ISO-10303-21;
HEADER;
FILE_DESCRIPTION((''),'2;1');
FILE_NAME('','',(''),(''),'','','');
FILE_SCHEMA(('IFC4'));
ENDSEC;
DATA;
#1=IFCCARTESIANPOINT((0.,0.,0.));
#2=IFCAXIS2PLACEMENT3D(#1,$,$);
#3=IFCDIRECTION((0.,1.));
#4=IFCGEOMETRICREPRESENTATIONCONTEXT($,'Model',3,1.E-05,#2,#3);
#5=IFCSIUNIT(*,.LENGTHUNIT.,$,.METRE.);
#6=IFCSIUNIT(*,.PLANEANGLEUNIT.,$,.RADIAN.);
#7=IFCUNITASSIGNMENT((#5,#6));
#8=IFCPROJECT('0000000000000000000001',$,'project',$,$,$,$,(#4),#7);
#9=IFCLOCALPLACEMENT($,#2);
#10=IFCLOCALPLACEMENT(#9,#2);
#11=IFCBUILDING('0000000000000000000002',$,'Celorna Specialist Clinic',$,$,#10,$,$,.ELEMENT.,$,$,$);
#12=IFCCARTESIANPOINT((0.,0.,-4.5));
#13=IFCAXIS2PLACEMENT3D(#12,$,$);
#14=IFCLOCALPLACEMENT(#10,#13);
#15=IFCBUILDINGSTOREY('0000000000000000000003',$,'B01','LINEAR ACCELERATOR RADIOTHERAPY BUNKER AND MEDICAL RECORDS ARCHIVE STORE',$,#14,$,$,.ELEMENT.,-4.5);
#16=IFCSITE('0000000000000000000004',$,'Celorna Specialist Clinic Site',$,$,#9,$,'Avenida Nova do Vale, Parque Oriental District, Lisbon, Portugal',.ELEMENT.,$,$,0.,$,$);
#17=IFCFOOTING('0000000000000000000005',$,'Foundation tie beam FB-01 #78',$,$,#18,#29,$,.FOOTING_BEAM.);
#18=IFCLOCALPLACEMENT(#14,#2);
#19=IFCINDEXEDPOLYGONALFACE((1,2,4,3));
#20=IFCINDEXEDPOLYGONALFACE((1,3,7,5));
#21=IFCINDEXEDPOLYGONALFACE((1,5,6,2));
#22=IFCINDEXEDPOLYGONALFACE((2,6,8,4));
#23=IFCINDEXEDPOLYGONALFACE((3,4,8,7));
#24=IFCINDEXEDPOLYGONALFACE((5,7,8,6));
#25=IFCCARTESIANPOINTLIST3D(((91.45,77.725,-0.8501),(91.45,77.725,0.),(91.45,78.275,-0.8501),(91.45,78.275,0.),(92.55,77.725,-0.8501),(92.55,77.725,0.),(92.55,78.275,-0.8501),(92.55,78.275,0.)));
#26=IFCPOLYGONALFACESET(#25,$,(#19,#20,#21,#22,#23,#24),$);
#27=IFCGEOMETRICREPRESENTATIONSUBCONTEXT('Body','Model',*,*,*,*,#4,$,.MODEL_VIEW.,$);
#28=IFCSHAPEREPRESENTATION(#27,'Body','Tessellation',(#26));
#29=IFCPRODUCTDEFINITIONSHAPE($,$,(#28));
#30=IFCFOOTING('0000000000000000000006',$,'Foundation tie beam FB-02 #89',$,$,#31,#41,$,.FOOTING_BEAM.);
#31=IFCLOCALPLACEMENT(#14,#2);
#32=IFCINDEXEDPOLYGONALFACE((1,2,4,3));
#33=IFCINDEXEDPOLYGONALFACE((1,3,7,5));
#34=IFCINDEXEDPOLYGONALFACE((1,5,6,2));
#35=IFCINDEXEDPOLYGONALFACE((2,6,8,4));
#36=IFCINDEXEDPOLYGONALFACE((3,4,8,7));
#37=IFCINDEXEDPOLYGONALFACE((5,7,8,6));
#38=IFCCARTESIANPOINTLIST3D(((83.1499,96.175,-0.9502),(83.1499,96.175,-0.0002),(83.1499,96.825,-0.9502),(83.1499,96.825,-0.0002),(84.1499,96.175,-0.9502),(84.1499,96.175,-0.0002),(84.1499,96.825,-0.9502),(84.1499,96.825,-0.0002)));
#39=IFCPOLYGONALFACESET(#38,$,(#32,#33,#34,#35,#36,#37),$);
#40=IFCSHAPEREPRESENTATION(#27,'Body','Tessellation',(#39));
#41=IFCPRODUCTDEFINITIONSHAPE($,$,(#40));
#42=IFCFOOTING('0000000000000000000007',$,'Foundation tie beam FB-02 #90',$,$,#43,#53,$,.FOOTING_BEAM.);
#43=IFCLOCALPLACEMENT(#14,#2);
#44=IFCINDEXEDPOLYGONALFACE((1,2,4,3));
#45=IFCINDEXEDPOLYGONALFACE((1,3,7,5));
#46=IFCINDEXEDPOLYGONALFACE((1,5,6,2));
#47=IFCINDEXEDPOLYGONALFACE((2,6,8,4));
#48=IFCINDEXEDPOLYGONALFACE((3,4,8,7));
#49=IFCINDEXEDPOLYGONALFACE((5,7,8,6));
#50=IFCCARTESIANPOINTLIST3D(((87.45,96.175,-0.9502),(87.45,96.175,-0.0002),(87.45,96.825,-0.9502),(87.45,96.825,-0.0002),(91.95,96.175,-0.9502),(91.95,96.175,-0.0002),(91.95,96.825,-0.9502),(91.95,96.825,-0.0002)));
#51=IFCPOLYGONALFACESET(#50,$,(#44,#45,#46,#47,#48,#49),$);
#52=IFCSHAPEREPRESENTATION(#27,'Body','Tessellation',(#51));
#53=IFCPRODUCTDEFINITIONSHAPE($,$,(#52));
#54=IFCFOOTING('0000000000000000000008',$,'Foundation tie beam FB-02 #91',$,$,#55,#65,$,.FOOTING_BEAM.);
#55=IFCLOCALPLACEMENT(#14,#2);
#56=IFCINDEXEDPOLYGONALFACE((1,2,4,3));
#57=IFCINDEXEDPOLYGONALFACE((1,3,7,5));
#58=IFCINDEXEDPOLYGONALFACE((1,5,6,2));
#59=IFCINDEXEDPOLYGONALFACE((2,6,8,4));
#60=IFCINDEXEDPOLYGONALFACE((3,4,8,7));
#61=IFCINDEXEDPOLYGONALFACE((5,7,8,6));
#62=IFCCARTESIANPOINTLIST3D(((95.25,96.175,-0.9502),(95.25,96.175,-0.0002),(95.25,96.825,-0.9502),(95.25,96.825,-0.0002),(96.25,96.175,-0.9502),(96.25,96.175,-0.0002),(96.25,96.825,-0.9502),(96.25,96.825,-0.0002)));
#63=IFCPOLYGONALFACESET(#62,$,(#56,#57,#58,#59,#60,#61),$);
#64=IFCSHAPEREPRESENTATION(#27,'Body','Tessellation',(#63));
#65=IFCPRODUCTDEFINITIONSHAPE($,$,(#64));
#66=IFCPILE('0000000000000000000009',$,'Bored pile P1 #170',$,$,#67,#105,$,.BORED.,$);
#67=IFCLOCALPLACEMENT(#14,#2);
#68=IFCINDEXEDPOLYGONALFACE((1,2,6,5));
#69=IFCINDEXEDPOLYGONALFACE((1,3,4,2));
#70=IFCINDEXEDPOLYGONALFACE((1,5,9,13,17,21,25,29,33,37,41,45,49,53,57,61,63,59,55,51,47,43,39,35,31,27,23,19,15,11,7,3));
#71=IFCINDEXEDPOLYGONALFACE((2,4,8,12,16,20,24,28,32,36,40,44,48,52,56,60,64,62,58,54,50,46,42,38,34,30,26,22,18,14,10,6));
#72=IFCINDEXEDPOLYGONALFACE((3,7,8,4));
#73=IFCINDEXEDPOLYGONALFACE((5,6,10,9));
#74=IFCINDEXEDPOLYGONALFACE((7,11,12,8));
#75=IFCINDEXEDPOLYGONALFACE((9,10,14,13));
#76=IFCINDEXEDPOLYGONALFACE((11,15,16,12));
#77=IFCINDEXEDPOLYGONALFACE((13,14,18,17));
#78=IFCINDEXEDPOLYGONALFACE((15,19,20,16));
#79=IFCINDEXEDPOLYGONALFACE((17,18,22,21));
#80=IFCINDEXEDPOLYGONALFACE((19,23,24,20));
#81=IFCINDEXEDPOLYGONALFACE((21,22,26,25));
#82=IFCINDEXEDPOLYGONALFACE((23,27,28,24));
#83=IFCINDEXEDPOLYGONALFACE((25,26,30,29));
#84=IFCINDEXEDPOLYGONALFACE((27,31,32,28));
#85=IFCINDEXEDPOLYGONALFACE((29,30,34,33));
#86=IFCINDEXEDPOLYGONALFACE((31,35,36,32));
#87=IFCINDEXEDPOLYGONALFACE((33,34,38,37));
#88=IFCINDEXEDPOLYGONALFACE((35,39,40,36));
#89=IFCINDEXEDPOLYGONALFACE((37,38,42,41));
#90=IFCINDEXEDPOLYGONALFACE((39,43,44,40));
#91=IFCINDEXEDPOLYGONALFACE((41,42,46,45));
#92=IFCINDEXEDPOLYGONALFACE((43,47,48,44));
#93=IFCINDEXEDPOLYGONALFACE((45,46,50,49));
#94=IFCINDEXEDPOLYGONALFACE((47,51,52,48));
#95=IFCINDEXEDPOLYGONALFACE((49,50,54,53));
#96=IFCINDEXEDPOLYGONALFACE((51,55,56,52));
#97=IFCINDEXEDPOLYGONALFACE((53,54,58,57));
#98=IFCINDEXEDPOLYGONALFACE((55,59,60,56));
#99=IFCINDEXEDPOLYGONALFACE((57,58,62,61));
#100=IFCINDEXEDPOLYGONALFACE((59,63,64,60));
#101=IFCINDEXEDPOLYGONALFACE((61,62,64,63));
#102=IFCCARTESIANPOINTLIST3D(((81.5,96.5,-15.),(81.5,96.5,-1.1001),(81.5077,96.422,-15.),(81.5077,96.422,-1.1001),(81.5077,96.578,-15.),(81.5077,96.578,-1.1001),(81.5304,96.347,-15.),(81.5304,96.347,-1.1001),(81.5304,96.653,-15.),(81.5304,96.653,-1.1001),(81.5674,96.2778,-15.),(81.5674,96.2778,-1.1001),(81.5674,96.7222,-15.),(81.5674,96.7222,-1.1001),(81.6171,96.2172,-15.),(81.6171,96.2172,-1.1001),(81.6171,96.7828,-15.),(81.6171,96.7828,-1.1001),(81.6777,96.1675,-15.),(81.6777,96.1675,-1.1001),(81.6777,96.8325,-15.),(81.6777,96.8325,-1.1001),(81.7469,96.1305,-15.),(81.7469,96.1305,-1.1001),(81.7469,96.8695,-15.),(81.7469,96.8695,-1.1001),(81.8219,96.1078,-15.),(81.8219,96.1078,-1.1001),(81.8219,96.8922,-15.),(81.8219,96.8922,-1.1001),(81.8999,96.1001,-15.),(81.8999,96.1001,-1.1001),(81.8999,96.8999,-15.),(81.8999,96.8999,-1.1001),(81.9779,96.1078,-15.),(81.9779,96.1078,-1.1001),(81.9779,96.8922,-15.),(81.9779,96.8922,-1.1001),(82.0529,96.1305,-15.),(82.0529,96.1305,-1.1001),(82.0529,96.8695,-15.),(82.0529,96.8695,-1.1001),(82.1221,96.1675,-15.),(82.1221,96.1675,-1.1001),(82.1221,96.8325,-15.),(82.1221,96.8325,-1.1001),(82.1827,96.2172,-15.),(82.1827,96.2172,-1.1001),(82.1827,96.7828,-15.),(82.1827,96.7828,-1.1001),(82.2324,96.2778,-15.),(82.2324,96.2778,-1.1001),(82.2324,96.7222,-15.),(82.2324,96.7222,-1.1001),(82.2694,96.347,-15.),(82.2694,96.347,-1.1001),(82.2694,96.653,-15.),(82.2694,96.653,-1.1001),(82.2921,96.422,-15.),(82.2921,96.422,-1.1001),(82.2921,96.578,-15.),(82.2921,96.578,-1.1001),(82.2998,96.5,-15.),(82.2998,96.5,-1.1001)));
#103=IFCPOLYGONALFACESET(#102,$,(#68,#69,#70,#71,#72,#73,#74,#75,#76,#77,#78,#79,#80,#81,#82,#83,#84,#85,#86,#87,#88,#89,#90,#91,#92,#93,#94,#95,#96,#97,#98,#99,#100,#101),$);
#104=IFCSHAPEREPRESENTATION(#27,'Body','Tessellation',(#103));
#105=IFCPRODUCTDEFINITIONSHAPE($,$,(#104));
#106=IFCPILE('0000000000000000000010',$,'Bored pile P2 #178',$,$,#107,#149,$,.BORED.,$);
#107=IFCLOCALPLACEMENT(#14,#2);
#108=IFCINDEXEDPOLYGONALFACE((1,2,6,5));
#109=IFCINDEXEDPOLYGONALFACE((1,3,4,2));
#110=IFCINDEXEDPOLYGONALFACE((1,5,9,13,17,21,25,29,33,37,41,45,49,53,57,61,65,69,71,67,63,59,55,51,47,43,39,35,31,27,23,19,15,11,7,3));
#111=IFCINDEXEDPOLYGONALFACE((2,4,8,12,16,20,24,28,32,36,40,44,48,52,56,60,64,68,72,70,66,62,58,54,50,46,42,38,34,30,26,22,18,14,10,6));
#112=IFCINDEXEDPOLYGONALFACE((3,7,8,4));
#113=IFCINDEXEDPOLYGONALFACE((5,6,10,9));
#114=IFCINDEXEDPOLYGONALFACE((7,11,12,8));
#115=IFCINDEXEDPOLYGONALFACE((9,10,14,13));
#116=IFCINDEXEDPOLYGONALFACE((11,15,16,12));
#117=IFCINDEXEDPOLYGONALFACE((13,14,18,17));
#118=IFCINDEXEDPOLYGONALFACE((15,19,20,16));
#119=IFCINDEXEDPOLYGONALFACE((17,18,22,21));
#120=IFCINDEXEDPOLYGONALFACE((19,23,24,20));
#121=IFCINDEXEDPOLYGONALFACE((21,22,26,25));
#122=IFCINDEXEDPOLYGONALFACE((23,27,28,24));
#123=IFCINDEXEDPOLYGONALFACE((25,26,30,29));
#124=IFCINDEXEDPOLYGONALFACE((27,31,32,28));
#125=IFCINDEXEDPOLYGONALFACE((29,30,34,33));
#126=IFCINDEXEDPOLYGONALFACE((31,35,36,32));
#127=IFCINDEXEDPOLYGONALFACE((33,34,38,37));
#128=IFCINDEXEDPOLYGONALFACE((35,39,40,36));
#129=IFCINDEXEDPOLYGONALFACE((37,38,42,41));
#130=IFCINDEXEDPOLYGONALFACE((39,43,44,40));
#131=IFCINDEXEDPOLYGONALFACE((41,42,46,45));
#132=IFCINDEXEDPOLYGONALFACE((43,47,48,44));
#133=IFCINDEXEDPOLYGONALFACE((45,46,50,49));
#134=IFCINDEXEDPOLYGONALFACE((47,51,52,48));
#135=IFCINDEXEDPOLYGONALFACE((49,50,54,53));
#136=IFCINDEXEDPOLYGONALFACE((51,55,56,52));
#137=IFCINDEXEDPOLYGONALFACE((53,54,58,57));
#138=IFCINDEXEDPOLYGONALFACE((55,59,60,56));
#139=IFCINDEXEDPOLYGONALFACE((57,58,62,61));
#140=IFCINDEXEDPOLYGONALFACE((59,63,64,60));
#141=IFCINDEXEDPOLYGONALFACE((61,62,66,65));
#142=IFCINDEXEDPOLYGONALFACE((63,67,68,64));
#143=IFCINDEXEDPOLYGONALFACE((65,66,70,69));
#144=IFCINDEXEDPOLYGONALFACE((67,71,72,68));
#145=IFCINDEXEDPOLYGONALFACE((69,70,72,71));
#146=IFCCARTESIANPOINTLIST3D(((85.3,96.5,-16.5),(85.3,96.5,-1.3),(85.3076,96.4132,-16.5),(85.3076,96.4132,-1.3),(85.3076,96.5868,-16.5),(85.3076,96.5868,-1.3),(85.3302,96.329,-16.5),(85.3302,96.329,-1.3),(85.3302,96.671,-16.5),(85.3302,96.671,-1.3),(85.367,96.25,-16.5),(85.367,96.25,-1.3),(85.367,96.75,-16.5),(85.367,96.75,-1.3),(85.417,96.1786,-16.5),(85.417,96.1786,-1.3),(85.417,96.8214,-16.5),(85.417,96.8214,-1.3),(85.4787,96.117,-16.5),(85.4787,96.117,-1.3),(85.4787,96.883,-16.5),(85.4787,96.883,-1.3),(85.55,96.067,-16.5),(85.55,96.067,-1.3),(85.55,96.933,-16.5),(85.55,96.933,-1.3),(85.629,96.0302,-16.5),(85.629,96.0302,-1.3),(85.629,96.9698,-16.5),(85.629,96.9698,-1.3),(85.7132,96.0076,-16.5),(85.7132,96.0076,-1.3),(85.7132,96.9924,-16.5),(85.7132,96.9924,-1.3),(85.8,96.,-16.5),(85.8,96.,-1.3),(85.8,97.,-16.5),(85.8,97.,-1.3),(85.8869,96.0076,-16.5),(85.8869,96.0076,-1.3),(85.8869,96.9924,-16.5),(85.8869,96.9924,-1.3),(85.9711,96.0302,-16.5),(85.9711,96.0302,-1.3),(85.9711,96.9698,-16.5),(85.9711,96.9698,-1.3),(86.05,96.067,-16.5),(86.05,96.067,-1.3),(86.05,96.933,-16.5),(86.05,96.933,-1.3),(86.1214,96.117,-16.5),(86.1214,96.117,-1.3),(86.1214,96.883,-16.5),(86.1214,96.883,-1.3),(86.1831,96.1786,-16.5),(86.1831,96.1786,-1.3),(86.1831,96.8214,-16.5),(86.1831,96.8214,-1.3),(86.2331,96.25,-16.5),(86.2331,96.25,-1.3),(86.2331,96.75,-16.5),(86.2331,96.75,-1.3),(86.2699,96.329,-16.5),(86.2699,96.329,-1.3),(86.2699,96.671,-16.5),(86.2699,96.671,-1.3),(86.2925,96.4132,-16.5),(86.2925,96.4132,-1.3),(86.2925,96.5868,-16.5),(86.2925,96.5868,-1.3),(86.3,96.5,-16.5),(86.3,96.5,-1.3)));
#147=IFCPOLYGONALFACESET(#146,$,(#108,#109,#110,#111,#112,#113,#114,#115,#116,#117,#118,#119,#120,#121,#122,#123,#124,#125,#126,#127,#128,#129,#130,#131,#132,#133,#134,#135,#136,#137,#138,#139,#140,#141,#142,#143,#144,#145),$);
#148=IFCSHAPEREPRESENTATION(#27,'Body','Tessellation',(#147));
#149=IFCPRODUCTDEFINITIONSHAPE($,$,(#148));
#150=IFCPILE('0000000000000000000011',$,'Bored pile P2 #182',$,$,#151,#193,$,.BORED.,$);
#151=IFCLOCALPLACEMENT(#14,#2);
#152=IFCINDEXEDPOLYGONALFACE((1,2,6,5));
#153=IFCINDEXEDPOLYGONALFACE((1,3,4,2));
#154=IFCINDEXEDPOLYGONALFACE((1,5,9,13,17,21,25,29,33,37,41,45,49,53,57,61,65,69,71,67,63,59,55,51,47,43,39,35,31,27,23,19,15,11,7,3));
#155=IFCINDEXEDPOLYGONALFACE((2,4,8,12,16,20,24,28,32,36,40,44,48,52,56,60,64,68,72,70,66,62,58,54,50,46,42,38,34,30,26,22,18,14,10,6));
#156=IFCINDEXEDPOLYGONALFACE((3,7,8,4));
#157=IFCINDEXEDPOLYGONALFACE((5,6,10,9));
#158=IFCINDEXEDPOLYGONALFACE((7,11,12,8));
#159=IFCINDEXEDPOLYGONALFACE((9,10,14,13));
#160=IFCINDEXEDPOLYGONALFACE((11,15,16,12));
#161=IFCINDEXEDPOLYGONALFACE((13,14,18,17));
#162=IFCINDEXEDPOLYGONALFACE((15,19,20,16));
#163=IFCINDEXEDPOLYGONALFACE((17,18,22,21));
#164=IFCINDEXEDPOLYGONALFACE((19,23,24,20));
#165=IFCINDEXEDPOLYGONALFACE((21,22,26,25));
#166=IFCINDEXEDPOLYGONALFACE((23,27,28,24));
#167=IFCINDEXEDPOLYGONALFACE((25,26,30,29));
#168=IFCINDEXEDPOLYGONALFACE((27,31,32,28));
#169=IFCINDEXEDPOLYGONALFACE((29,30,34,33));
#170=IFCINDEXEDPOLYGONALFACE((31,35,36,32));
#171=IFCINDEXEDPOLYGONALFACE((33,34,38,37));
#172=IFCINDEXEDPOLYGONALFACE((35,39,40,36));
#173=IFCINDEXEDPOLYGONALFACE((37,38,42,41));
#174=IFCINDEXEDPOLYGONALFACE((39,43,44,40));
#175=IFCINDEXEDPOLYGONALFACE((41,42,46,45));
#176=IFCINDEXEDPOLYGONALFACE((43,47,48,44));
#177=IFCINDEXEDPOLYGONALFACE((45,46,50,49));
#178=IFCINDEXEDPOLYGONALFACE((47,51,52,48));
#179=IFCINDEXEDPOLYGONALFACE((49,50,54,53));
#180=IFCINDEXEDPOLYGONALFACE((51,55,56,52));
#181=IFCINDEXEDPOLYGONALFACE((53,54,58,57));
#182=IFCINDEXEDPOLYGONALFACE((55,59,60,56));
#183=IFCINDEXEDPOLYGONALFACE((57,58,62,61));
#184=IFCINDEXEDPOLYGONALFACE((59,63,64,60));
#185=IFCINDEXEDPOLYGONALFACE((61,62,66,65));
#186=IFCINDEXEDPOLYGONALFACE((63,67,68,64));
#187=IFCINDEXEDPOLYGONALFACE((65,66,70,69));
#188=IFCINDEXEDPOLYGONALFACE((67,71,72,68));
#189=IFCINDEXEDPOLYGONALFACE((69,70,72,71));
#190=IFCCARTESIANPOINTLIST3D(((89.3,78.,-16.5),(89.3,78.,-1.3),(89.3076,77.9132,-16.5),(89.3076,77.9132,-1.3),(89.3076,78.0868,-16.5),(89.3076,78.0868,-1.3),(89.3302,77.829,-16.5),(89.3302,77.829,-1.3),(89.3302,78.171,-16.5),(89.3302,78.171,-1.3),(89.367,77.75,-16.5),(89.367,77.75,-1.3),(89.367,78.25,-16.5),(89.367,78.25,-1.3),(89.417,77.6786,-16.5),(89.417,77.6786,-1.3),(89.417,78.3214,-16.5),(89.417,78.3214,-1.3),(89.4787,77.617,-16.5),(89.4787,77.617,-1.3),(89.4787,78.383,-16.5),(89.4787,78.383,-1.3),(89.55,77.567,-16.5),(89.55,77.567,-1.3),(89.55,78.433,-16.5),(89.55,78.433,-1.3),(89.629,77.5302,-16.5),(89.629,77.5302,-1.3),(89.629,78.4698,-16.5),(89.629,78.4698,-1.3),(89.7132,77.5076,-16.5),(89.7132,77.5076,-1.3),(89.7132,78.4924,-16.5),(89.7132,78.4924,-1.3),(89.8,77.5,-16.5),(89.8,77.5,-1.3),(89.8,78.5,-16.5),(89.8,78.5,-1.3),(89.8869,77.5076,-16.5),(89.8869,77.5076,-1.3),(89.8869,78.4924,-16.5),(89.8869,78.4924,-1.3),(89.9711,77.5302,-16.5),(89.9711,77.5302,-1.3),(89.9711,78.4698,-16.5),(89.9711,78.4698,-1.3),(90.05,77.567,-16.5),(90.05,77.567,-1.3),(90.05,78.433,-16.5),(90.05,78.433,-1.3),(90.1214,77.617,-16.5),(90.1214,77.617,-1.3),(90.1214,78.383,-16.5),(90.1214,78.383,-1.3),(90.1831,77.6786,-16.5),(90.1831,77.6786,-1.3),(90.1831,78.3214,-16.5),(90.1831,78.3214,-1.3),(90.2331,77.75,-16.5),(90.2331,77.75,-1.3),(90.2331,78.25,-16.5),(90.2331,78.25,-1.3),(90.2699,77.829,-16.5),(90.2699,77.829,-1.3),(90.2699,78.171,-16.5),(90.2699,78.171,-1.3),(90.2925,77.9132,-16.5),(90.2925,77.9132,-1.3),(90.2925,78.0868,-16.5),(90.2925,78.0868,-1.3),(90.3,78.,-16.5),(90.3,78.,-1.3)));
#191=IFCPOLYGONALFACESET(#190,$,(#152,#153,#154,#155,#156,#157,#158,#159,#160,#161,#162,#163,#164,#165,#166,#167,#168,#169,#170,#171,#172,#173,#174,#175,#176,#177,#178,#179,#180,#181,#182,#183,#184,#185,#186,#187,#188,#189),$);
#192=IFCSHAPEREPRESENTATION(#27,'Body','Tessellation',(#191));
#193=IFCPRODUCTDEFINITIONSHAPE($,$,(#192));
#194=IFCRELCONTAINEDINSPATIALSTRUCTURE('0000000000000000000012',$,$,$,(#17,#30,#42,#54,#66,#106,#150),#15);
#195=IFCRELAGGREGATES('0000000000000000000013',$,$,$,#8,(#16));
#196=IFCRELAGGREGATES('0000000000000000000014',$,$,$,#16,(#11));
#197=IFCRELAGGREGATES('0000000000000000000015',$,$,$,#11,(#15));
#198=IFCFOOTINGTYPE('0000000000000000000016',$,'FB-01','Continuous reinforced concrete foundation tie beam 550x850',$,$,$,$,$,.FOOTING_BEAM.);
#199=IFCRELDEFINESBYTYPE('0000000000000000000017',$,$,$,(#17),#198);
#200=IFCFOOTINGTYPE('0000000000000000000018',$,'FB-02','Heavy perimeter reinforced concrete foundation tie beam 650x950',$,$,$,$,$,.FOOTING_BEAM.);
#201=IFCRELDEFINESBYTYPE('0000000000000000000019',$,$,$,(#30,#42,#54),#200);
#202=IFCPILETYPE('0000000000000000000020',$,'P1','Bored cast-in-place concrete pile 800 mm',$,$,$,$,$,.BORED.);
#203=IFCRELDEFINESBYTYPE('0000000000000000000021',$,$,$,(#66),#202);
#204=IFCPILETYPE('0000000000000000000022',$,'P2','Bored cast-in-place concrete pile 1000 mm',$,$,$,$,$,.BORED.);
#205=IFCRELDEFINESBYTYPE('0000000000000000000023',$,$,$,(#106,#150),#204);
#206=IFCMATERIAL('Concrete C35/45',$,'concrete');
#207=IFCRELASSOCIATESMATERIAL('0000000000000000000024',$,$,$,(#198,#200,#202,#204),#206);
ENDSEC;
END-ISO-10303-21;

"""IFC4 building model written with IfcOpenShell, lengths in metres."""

from ifc_helpers import new_model, si_unit, direction, frame, origin, origin_2d, place, context, subcontext, project, spatial, rectangle, circle, extrude, material, material_profile, profile_set, type_object, element, save


model = new_model("IFC4")

# Units and contexts
model_context = context("Model", 3, precision=1e-05, world=origin(), true_north=direction((0.0, 1.0)))
body_context = subcontext(model_context, "Body", "Model", "MODEL_VIEW")
ifc_project = project(units=[si_unit("LENGTHUNIT", "METRE"), si_unit("PLANEANGLEUNIT", "RADIAN")], contexts=[model_context])

# Site, building, storey
site_placement = place(None, origin())
site = spatial("IfcSite", under=ifc_project, at=site_placement, Name="Celorna Specialist Clinic Site", LongName="Avenida Nova do Vale, Parque Oriental District, Lisbon, Portugal", CompositionType="ELEMENT", RefElevation=0.0)
building_placement = place(site_placement, origin())
building = spatial("IfcBuilding", under=site, at=building_placement, Name="Celorna Specialist Clinic", CompositionType="ELEMENT")
storey_placement = place(building_placement, frame((0.0, 0.0, -4.5)))
storey = spatial("IfcBuildingStorey", under=building, at=storey_placement, Name="B01", Description="LINEAR ACCELERATOR RADIOTHERAPY BUNKER AND MEDICAL RECORDS ARCHIVE STORE", CompositionType="ELEMENT", Elevation=-4.5)

# Footings
ifc_material_1 = material(Name="Concrete C35/45", Category="concrete")
footing_type_1 = type_object("IfcFootingType", Name="FB-01", Description="Continuous reinforced concrete foundation tie beam 550x850", PredefinedType="FOOTING_BEAM", material=ifc_material_1)
footing_1_placement = place(storey_placement, frame((92.0, 78.0, -0.8501), z_axis=(0.0, 0.0, 1.0), x_axis=(1.0, 0.0, 0.0)))
element("IfcFooting", 1, at=footing_1_placement, inside=storey, type_object=footing_type_1, Name="Foundation tie beam FB-01 #78", PredefinedType="FOOTING_BEAM", context=body_context, shape_type="SweptSolid", body=[
    extrude(rectangle(XDim=1.1001, YDim=0.55, at=origin_2d()), origin(), (0.0, 0.0, 1.0), 0.8501),
])
footing_type_2 = type_object("IfcFootingType", Name="FB-02", Description="Heavy perimeter reinforced concrete foundation tie beam 650x950", PredefinedType="FOOTING_BEAM", material=ifc_material_1)
footing_2_placement = place(storey_placement, frame((83.6499, 96.5, -0.9502), z_axis=(0.0, 0.0, 1.0), x_axis=(1.0, 0.0, 0.0)))
element("IfcFooting", 2, at=footing_2_placement, inside=storey, type_object=footing_type_2, Name="Foundation tie beam FB-02 #89", PredefinedType="FOOTING_BEAM", context=body_context, shape_type="SweptSolid", body=[
    extrude(rectangle(XDim=1.0, YDim=0.6499, at=origin_2d()), origin(), (0.0, 0.0, 1.0), 0.95),
])
footing_3_placement = place(storey_placement, frame((89.7, 96.5, -0.9502), z_axis=(0.0, 0.0, 1.0), x_axis=(1.0, 0.0, 0.0)))
element("IfcFooting", 3, at=footing_3_placement, inside=storey, type_object=footing_type_2, Name="Foundation tie beam FB-02 #90", PredefinedType="FOOTING_BEAM", context=body_context, shape_type="SweptSolid", body=[
    extrude(rectangle(XDim=4.5, YDim=0.6499, at=origin_2d()), origin(), (0.0, 0.0, 1.0), 0.95),
])
footing_4_placement = place(storey_placement, frame((95.75, 96.5, -0.9502), z_axis=(0.0, 0.0, 1.0), x_axis=(1.0, 0.0, 0.0)))
element("IfcFooting", 4, at=footing_4_placement, inside=storey, type_object=footing_type_2, Name="Foundation tie beam FB-02 #91", PredefinedType="FOOTING_BEAM", context=body_context, shape_type="SweptSolid", body=[
    extrude(rectangle(XDim=1.0, YDim=0.6499, at=origin_2d()), origin(), (0.0, 0.0, 1.0), 0.95),
])

# Piles
ifc_material_profile_1 = material_profile(ifc_material_1, circle(Radius=0.3999, at=origin_2d()), Name="BORED PILE 800")
ifc_profile_set_1 = profile_set([ifc_material_profile_1], Name="Concrete C35/45")
pile_type_1 = type_object("IfcPileType", Name="P1", Description="Bored cast-in-place concrete pile 800 mm", PredefinedType="BORED", material=ifc_profile_set_1)
pile_placement = place(storey_placement, frame((81.8999, 96.5, -1.1001), z_axis=(0.0, 0.0, -1.0), x_axis=(1.0, 0.0, 0.0)))
element("IfcPile", 5, at=pile_placement, inside=storey, type_object=pile_type_1, Name="Bored pile P1 #170", PredefinedType="BORED", context=body_context, shape_type="SweptSolid", body=[
    extrude(circle(Radius=0.3999, at=origin_2d()), origin(), (0.0, 0.0, 1.0), 13.8999),
])
ifc_material_profile_2 = material_profile(ifc_material_1, circle(Radius=0.5, at=origin_2d()), Name="BORED PILE 1000")
ifc_profile_set_2 = profile_set([ifc_material_profile_2], Name="Concrete C35/45")
pile_type_2 = type_object("IfcPileType", Name="P2", Description="Bored cast-in-place concrete pile 1000 mm", PredefinedType="BORED", material=ifc_profile_set_2)
for number, where, z_axis, x_axis, name in (
    (6, (85.8, 96.5, -1.3), (0.0, 0.0, -1.0), (1.0, 0.0, 0.0), "Bored pile P2 #178"),
    (7, (89.8, 78.0, -1.3), (0.0, 0.0, -1.0), (1.0, 0.0, 0.0), "Bored pile P2 #182"),
):
    element("IfcPile", number, at=place(storey_placement, frame(where, z_axis=z_axis, x_axis=x_axis)), inside=storey, type_object=pile_type_2, Name=name, PredefinedType="BORED", context=body_context, shape_type="SweptSolid", body=[
        extrude(circle(Radius=0.5, at=origin_2d()), origin(), (0.0, 0.0, 1.0), 15.2),
    ])

save(model, "model.ifc")
